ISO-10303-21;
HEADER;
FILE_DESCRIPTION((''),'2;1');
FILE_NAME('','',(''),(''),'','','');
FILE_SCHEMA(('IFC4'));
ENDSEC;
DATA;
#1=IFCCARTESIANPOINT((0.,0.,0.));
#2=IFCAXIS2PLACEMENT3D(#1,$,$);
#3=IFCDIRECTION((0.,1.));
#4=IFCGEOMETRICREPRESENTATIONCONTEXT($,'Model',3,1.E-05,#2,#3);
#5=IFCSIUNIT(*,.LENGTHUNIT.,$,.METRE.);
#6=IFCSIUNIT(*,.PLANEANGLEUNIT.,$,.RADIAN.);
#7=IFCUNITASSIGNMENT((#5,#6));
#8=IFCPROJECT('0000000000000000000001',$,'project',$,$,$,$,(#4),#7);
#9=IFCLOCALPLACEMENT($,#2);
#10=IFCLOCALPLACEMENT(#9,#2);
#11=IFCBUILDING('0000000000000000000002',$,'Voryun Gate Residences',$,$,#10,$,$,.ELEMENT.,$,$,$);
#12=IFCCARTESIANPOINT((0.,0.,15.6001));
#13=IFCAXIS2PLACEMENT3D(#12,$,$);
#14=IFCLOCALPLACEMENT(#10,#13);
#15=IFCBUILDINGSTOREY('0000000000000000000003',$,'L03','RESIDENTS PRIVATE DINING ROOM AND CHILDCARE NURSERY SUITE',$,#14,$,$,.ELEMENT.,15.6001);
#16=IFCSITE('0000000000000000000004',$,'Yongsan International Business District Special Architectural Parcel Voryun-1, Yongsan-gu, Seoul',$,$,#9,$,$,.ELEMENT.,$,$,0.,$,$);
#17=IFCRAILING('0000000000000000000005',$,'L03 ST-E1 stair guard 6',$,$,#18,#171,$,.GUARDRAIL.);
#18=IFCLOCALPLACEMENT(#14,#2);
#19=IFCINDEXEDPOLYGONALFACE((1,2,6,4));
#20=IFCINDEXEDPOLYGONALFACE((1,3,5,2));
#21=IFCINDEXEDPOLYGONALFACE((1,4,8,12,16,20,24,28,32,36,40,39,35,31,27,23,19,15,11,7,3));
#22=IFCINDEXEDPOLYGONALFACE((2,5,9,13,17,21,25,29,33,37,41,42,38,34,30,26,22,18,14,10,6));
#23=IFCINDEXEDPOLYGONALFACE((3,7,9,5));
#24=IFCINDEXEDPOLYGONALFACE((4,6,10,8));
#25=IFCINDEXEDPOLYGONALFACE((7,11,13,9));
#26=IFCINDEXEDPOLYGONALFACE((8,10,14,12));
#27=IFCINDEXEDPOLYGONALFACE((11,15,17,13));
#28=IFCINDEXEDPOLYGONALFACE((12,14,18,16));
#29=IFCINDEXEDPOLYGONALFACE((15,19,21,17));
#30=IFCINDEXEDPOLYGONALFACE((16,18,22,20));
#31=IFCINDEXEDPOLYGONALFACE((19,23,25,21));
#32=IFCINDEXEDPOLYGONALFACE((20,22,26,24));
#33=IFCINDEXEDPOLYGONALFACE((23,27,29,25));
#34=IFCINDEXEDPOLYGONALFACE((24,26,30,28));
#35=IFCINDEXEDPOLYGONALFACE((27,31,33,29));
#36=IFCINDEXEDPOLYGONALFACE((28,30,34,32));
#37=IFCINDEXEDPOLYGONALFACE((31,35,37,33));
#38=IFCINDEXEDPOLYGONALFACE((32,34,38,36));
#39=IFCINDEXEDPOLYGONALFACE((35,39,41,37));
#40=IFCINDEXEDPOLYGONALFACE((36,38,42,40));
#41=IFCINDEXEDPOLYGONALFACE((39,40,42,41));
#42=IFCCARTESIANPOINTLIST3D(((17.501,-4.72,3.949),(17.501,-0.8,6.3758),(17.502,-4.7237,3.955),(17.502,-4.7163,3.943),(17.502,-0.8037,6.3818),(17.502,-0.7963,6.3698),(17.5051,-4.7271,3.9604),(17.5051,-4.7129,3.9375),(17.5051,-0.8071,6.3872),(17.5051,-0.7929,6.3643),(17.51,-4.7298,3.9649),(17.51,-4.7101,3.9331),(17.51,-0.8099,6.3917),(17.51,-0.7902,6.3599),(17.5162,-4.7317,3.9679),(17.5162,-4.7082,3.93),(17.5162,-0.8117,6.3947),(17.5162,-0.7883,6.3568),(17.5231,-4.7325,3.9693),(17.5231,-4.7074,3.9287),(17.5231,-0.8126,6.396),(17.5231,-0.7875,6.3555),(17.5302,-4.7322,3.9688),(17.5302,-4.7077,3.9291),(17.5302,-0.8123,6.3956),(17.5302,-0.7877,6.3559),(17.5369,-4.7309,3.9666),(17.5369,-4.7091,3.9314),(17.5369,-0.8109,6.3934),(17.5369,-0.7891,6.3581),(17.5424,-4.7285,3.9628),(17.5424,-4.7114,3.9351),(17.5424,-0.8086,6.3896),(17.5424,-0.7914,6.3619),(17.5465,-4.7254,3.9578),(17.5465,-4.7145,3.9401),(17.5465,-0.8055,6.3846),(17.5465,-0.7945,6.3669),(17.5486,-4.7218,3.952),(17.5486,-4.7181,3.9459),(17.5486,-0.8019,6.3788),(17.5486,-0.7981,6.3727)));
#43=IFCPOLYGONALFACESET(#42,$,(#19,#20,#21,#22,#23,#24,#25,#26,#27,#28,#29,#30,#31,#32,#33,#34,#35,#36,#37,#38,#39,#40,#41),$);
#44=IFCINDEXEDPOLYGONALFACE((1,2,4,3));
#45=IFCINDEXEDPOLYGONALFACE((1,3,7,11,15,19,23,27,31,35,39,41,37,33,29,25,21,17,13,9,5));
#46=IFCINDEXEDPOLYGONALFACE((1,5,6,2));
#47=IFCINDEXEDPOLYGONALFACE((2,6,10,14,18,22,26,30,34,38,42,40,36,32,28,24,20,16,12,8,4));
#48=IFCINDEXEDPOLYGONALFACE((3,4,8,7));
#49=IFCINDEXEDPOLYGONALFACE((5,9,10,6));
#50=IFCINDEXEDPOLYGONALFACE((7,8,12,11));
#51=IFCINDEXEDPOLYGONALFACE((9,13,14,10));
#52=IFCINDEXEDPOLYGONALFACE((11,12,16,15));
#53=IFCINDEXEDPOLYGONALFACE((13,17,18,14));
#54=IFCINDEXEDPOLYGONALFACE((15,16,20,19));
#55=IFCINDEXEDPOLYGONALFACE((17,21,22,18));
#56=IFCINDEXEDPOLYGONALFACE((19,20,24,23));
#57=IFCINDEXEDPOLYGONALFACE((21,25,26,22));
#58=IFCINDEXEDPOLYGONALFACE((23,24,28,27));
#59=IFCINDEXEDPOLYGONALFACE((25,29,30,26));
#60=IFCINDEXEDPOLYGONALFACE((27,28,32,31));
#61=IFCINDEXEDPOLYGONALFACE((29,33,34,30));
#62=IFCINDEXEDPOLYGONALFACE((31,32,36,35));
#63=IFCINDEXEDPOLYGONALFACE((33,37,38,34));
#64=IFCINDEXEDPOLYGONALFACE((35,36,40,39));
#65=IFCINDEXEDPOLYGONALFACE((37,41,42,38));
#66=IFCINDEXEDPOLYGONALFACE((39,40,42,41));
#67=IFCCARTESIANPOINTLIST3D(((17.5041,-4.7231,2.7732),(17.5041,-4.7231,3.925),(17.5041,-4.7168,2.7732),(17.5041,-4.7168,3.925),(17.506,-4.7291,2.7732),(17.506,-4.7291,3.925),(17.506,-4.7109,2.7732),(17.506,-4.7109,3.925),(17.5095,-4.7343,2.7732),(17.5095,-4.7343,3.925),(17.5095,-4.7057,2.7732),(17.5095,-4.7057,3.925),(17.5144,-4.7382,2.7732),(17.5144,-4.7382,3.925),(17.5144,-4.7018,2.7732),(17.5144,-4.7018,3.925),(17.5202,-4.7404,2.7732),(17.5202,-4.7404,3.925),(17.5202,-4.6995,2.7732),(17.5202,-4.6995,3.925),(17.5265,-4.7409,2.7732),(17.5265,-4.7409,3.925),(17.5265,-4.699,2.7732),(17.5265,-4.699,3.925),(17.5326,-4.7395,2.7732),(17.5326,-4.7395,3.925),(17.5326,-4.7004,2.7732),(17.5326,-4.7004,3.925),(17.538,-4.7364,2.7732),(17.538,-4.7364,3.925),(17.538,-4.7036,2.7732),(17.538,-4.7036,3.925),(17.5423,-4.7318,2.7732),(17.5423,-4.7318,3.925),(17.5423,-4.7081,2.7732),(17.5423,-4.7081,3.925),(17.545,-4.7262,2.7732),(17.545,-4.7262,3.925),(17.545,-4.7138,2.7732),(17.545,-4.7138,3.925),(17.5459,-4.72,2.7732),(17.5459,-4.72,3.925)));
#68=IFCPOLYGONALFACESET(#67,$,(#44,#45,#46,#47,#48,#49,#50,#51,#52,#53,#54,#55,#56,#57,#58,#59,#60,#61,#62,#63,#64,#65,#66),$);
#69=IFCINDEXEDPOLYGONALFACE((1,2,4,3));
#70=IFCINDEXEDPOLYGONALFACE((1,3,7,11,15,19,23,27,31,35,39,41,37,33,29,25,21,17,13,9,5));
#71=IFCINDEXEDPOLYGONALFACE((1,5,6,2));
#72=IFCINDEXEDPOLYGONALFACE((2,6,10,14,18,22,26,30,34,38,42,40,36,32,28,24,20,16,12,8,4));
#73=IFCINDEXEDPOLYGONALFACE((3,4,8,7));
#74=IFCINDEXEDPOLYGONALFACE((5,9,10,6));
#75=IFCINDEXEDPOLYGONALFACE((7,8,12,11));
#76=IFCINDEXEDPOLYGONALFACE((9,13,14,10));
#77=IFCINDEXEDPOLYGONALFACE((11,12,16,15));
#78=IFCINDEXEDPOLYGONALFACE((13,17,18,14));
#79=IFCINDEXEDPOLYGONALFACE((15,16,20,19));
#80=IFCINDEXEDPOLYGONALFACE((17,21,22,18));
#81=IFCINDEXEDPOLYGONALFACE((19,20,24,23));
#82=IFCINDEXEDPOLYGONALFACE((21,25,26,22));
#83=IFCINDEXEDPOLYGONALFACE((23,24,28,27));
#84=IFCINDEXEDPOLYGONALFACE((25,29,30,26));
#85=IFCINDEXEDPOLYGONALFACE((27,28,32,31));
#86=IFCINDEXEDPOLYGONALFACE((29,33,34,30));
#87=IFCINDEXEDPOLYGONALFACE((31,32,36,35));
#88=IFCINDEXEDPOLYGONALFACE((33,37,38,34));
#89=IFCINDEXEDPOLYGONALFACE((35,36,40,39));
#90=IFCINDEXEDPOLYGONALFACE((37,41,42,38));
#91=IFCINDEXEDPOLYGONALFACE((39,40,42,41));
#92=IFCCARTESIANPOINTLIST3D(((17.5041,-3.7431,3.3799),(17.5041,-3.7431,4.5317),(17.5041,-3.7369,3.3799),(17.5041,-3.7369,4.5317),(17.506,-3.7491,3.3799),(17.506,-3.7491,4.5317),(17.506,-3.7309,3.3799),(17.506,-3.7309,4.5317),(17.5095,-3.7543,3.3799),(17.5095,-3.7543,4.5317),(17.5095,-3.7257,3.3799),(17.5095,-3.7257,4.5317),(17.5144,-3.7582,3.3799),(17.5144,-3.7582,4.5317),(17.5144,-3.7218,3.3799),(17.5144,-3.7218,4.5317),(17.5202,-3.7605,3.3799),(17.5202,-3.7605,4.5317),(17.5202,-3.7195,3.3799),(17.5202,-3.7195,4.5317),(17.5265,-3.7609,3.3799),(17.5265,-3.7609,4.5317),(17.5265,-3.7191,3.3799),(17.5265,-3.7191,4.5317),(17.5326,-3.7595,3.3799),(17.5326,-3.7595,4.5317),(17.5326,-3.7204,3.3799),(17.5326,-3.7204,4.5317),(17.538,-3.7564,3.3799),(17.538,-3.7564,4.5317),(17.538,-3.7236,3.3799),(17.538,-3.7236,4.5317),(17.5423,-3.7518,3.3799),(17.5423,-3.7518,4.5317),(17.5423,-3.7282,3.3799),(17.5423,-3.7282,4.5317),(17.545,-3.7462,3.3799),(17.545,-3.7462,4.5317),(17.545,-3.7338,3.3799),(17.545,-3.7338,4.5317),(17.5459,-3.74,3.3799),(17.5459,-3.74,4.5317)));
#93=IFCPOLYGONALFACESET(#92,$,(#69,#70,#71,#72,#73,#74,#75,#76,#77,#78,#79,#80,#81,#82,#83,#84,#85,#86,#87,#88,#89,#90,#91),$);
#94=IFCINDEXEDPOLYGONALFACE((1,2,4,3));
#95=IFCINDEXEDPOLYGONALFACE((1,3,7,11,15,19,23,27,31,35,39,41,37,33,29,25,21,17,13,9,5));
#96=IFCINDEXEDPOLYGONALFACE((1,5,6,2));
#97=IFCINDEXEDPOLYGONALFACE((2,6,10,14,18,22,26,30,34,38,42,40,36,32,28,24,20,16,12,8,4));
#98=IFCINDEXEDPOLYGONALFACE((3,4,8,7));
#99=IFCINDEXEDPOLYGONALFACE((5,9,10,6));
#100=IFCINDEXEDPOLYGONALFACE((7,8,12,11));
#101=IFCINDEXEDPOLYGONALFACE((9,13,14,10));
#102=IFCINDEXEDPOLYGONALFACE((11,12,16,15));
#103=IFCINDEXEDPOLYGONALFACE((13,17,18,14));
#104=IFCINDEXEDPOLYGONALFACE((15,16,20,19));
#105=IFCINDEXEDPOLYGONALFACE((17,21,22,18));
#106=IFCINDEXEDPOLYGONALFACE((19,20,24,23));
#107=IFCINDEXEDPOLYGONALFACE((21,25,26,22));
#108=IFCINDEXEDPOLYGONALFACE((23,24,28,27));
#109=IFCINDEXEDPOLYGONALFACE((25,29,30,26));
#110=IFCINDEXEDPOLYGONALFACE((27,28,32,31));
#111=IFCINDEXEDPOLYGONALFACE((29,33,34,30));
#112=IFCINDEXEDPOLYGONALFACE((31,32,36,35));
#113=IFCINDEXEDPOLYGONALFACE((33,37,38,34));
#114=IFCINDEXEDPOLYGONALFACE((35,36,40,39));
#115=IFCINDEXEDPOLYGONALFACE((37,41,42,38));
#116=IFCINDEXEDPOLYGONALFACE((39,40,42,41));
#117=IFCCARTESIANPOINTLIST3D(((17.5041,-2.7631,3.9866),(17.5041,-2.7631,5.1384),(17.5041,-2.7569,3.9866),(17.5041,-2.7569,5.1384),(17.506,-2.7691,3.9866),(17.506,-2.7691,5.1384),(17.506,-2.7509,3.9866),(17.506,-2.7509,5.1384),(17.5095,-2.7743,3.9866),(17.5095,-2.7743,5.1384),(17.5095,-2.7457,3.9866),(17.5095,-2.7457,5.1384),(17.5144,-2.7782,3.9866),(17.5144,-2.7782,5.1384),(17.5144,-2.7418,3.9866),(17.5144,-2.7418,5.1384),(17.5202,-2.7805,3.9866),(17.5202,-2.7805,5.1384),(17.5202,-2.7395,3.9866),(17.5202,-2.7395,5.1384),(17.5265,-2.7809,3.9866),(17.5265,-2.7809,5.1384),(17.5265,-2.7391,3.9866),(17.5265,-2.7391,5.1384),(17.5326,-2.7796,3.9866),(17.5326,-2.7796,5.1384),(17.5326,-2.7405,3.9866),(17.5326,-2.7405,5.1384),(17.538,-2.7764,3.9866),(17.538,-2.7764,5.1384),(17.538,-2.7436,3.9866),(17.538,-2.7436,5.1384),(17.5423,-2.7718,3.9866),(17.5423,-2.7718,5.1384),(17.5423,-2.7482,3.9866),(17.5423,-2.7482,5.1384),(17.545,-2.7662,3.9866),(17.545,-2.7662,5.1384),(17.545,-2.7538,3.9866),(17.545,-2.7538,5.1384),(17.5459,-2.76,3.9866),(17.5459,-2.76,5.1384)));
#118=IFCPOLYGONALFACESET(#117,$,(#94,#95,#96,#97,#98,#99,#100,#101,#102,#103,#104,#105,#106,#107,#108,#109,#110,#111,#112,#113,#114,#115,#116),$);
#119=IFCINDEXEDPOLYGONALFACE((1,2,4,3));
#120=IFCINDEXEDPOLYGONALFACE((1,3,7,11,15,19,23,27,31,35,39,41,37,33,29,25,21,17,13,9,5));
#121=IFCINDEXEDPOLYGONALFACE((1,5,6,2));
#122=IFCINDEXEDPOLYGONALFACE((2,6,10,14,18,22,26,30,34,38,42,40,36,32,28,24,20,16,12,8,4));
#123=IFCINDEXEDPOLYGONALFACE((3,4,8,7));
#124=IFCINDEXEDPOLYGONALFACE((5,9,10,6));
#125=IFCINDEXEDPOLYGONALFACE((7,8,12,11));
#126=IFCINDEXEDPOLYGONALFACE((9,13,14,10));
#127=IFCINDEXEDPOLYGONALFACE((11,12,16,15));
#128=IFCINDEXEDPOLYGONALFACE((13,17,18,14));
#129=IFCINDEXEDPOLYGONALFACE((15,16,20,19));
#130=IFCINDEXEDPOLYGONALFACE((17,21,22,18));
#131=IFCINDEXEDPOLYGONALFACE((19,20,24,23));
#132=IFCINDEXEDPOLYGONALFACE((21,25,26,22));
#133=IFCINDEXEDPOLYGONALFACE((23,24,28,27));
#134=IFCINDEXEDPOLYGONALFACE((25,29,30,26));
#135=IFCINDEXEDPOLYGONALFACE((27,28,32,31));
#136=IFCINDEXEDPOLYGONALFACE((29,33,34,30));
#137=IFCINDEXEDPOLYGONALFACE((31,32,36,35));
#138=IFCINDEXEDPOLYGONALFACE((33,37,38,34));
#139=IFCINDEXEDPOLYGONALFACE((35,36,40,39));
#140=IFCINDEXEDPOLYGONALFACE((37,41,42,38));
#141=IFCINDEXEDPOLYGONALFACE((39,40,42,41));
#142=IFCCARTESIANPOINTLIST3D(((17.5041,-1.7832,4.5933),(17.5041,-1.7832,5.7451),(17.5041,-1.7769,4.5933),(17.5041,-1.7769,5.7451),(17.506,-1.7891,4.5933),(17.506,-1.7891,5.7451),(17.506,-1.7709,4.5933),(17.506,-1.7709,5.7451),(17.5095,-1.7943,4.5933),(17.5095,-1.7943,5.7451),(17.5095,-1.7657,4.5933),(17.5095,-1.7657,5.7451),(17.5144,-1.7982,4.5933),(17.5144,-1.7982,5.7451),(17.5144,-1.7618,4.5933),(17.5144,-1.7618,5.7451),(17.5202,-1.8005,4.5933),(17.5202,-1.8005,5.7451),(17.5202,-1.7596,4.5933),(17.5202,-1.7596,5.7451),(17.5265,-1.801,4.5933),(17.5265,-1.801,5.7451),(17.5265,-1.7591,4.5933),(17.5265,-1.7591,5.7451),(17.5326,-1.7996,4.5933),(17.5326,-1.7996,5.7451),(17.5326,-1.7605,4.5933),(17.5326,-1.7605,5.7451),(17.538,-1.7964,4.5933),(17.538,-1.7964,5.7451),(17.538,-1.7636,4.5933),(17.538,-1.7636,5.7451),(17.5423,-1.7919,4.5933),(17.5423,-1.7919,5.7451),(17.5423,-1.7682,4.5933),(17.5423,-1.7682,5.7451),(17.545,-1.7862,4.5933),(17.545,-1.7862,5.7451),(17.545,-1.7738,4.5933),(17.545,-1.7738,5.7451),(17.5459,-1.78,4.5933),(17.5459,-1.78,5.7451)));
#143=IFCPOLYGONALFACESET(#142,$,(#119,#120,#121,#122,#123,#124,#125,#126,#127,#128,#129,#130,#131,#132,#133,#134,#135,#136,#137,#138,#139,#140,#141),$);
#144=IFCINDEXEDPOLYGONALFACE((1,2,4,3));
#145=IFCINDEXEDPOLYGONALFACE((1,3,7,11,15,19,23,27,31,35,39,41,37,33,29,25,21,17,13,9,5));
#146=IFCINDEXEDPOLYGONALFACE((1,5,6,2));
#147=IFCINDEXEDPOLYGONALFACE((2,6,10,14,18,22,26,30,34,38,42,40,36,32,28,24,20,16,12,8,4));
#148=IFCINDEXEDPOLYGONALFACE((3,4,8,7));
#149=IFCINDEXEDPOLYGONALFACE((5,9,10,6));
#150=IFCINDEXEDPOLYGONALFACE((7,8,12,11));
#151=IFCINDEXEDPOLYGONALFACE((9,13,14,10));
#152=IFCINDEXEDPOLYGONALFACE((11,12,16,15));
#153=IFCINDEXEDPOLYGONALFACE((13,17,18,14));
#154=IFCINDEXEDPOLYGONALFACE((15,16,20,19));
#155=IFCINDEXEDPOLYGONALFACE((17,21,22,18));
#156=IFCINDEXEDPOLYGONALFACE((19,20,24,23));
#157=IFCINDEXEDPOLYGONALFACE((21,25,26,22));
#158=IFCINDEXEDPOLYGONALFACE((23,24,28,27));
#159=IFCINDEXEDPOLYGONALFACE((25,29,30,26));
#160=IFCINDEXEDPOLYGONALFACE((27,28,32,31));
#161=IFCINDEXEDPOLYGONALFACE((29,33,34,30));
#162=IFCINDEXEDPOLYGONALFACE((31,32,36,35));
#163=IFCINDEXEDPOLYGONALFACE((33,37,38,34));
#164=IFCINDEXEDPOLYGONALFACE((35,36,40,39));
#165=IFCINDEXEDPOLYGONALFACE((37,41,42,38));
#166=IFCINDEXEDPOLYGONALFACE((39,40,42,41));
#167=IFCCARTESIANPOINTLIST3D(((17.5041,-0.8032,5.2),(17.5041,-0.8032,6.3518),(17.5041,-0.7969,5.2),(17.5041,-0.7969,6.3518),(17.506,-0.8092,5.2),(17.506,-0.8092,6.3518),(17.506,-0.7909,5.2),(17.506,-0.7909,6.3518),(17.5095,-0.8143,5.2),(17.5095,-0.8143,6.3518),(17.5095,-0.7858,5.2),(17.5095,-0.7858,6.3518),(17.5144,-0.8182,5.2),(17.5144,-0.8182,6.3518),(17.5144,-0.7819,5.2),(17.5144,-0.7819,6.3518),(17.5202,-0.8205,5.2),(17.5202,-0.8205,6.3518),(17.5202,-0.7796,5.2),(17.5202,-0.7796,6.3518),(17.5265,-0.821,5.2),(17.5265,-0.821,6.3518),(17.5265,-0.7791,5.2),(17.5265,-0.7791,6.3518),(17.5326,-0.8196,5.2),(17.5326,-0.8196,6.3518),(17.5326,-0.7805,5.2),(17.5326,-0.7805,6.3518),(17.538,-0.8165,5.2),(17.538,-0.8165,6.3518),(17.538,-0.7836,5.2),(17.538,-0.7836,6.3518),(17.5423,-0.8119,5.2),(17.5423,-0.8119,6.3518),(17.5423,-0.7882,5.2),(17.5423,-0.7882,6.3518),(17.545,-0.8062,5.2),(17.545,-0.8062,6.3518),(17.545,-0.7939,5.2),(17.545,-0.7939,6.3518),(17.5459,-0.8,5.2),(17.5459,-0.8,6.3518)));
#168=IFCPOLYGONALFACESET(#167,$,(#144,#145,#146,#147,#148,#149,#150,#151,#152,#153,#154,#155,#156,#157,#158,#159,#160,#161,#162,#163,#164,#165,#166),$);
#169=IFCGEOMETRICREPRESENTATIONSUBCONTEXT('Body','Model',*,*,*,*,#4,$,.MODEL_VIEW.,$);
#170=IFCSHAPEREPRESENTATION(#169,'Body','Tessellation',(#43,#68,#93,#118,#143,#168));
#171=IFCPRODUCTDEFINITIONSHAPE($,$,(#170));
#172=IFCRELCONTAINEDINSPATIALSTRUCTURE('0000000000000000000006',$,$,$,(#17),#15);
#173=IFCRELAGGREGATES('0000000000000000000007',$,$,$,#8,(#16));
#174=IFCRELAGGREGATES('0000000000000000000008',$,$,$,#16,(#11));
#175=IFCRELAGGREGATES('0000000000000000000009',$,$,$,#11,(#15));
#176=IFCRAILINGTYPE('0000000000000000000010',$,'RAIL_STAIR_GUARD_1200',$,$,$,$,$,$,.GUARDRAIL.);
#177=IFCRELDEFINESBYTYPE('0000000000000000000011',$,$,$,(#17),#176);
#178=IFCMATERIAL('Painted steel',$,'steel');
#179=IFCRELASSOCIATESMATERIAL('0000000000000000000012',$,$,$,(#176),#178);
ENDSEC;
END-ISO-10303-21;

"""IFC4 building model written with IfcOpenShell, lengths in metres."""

from ifc_helpers import new_model, si_unit, direction, frame, origin, origin_2d, place, context, subcontext, project, spatial, circle, extrude, material, type_object, element, save


model = new_model("IFC4")

# Units and contexts
model_context = context("Model", 3, precision=1e-05, world=origin(), true_north=direction((0.0, 1.0)))
body_context = subcontext(model_context, "Body", "Model", "MODEL_VIEW")
ifc_project = project(units=[si_unit("LENGTHUNIT", "METRE"), si_unit("PLANEANGLEUNIT", "RADIAN")], contexts=[model_context])

# Site, building, storey
site_placement = place(None, origin())
site = spatial("IfcSite", under=ifc_project, at=site_placement, Name="Yongsan International Business District Special Architectural Parcel Voryun-1, Yongsan-gu, Seoul", CompositionType="ELEMENT", RefElevation=0.0)
building_placement = place(site_placement, origin())
building = spatial("IfcBuilding", under=site, at=building_placement, Name="Voryun Gate Residences", CompositionType="ELEMENT")
storey_placement = place(building_placement, frame((0.0, 0.0, 15.6001)))
storey = spatial("IfcBuildingStorey", under=building, at=storey_placement, Name="L03", Description="RESIDENTS PRIVATE DINING ROOM AND CHILDCARE NURSERY SUITE", CompositionType="ELEMENT", Elevation=15.6001)

# Railing
ifc_material_1 = material(Name="Painted steel", Category="steel")
railing_type_1 = type_object("IfcRailingType", Name="RAIL_STAIR_GUARD_1200", PredefinedType="GUARDRAIL", material=ifc_material_1)
railing_1_placement = place(storey_placement, frame((17.5249, -4.72, 2.7732)))
element("IfcRailing", 1, at=railing_1_placement, inside=storey, type_object=railing_type_1, Name="L03 ST-E1 stair guard 6", PredefinedType="GUARDRAIL", context=body_context, shape_type="SweptSolid", body=[
    extrude(circle(Radius=0.0239, at=origin_2d()), frame((0.0, 0.0, 1.1758), z_axis=(0.0, 0.850252, 0.526376), x_axis=(-1.0, 0.0, 0.0)), (0.0, 0.0, 1.0), 4.6104),
    extrude(circle(Radius=0.021, at=origin_2d()), origin(), (0.0, 0.0, 1.0), 1.1519),
    extrude(circle(Radius=0.021, at=origin_2d()), frame((0.0, 0.98, 0.6067)), (0.0, 0.0, 1.0), 1.1519),
    extrude(circle(Radius=0.021, at=origin_2d()), frame((0.0, 1.96, 1.2134)), (0.0, 0.0, 1.0), 1.1519),
    extrude(circle(Radius=0.021, at=origin_2d()), frame((0.0, 2.9399, 1.8201)), (0.0, 0.0, 1.0), 1.1519),
    extrude(circle(Radius=0.021, at=origin_2d()), frame((0.0, 3.9199, 2.4268)), (0.0, 0.0, 1.0), 1.1519),
])

save(model, "model.ifc")
